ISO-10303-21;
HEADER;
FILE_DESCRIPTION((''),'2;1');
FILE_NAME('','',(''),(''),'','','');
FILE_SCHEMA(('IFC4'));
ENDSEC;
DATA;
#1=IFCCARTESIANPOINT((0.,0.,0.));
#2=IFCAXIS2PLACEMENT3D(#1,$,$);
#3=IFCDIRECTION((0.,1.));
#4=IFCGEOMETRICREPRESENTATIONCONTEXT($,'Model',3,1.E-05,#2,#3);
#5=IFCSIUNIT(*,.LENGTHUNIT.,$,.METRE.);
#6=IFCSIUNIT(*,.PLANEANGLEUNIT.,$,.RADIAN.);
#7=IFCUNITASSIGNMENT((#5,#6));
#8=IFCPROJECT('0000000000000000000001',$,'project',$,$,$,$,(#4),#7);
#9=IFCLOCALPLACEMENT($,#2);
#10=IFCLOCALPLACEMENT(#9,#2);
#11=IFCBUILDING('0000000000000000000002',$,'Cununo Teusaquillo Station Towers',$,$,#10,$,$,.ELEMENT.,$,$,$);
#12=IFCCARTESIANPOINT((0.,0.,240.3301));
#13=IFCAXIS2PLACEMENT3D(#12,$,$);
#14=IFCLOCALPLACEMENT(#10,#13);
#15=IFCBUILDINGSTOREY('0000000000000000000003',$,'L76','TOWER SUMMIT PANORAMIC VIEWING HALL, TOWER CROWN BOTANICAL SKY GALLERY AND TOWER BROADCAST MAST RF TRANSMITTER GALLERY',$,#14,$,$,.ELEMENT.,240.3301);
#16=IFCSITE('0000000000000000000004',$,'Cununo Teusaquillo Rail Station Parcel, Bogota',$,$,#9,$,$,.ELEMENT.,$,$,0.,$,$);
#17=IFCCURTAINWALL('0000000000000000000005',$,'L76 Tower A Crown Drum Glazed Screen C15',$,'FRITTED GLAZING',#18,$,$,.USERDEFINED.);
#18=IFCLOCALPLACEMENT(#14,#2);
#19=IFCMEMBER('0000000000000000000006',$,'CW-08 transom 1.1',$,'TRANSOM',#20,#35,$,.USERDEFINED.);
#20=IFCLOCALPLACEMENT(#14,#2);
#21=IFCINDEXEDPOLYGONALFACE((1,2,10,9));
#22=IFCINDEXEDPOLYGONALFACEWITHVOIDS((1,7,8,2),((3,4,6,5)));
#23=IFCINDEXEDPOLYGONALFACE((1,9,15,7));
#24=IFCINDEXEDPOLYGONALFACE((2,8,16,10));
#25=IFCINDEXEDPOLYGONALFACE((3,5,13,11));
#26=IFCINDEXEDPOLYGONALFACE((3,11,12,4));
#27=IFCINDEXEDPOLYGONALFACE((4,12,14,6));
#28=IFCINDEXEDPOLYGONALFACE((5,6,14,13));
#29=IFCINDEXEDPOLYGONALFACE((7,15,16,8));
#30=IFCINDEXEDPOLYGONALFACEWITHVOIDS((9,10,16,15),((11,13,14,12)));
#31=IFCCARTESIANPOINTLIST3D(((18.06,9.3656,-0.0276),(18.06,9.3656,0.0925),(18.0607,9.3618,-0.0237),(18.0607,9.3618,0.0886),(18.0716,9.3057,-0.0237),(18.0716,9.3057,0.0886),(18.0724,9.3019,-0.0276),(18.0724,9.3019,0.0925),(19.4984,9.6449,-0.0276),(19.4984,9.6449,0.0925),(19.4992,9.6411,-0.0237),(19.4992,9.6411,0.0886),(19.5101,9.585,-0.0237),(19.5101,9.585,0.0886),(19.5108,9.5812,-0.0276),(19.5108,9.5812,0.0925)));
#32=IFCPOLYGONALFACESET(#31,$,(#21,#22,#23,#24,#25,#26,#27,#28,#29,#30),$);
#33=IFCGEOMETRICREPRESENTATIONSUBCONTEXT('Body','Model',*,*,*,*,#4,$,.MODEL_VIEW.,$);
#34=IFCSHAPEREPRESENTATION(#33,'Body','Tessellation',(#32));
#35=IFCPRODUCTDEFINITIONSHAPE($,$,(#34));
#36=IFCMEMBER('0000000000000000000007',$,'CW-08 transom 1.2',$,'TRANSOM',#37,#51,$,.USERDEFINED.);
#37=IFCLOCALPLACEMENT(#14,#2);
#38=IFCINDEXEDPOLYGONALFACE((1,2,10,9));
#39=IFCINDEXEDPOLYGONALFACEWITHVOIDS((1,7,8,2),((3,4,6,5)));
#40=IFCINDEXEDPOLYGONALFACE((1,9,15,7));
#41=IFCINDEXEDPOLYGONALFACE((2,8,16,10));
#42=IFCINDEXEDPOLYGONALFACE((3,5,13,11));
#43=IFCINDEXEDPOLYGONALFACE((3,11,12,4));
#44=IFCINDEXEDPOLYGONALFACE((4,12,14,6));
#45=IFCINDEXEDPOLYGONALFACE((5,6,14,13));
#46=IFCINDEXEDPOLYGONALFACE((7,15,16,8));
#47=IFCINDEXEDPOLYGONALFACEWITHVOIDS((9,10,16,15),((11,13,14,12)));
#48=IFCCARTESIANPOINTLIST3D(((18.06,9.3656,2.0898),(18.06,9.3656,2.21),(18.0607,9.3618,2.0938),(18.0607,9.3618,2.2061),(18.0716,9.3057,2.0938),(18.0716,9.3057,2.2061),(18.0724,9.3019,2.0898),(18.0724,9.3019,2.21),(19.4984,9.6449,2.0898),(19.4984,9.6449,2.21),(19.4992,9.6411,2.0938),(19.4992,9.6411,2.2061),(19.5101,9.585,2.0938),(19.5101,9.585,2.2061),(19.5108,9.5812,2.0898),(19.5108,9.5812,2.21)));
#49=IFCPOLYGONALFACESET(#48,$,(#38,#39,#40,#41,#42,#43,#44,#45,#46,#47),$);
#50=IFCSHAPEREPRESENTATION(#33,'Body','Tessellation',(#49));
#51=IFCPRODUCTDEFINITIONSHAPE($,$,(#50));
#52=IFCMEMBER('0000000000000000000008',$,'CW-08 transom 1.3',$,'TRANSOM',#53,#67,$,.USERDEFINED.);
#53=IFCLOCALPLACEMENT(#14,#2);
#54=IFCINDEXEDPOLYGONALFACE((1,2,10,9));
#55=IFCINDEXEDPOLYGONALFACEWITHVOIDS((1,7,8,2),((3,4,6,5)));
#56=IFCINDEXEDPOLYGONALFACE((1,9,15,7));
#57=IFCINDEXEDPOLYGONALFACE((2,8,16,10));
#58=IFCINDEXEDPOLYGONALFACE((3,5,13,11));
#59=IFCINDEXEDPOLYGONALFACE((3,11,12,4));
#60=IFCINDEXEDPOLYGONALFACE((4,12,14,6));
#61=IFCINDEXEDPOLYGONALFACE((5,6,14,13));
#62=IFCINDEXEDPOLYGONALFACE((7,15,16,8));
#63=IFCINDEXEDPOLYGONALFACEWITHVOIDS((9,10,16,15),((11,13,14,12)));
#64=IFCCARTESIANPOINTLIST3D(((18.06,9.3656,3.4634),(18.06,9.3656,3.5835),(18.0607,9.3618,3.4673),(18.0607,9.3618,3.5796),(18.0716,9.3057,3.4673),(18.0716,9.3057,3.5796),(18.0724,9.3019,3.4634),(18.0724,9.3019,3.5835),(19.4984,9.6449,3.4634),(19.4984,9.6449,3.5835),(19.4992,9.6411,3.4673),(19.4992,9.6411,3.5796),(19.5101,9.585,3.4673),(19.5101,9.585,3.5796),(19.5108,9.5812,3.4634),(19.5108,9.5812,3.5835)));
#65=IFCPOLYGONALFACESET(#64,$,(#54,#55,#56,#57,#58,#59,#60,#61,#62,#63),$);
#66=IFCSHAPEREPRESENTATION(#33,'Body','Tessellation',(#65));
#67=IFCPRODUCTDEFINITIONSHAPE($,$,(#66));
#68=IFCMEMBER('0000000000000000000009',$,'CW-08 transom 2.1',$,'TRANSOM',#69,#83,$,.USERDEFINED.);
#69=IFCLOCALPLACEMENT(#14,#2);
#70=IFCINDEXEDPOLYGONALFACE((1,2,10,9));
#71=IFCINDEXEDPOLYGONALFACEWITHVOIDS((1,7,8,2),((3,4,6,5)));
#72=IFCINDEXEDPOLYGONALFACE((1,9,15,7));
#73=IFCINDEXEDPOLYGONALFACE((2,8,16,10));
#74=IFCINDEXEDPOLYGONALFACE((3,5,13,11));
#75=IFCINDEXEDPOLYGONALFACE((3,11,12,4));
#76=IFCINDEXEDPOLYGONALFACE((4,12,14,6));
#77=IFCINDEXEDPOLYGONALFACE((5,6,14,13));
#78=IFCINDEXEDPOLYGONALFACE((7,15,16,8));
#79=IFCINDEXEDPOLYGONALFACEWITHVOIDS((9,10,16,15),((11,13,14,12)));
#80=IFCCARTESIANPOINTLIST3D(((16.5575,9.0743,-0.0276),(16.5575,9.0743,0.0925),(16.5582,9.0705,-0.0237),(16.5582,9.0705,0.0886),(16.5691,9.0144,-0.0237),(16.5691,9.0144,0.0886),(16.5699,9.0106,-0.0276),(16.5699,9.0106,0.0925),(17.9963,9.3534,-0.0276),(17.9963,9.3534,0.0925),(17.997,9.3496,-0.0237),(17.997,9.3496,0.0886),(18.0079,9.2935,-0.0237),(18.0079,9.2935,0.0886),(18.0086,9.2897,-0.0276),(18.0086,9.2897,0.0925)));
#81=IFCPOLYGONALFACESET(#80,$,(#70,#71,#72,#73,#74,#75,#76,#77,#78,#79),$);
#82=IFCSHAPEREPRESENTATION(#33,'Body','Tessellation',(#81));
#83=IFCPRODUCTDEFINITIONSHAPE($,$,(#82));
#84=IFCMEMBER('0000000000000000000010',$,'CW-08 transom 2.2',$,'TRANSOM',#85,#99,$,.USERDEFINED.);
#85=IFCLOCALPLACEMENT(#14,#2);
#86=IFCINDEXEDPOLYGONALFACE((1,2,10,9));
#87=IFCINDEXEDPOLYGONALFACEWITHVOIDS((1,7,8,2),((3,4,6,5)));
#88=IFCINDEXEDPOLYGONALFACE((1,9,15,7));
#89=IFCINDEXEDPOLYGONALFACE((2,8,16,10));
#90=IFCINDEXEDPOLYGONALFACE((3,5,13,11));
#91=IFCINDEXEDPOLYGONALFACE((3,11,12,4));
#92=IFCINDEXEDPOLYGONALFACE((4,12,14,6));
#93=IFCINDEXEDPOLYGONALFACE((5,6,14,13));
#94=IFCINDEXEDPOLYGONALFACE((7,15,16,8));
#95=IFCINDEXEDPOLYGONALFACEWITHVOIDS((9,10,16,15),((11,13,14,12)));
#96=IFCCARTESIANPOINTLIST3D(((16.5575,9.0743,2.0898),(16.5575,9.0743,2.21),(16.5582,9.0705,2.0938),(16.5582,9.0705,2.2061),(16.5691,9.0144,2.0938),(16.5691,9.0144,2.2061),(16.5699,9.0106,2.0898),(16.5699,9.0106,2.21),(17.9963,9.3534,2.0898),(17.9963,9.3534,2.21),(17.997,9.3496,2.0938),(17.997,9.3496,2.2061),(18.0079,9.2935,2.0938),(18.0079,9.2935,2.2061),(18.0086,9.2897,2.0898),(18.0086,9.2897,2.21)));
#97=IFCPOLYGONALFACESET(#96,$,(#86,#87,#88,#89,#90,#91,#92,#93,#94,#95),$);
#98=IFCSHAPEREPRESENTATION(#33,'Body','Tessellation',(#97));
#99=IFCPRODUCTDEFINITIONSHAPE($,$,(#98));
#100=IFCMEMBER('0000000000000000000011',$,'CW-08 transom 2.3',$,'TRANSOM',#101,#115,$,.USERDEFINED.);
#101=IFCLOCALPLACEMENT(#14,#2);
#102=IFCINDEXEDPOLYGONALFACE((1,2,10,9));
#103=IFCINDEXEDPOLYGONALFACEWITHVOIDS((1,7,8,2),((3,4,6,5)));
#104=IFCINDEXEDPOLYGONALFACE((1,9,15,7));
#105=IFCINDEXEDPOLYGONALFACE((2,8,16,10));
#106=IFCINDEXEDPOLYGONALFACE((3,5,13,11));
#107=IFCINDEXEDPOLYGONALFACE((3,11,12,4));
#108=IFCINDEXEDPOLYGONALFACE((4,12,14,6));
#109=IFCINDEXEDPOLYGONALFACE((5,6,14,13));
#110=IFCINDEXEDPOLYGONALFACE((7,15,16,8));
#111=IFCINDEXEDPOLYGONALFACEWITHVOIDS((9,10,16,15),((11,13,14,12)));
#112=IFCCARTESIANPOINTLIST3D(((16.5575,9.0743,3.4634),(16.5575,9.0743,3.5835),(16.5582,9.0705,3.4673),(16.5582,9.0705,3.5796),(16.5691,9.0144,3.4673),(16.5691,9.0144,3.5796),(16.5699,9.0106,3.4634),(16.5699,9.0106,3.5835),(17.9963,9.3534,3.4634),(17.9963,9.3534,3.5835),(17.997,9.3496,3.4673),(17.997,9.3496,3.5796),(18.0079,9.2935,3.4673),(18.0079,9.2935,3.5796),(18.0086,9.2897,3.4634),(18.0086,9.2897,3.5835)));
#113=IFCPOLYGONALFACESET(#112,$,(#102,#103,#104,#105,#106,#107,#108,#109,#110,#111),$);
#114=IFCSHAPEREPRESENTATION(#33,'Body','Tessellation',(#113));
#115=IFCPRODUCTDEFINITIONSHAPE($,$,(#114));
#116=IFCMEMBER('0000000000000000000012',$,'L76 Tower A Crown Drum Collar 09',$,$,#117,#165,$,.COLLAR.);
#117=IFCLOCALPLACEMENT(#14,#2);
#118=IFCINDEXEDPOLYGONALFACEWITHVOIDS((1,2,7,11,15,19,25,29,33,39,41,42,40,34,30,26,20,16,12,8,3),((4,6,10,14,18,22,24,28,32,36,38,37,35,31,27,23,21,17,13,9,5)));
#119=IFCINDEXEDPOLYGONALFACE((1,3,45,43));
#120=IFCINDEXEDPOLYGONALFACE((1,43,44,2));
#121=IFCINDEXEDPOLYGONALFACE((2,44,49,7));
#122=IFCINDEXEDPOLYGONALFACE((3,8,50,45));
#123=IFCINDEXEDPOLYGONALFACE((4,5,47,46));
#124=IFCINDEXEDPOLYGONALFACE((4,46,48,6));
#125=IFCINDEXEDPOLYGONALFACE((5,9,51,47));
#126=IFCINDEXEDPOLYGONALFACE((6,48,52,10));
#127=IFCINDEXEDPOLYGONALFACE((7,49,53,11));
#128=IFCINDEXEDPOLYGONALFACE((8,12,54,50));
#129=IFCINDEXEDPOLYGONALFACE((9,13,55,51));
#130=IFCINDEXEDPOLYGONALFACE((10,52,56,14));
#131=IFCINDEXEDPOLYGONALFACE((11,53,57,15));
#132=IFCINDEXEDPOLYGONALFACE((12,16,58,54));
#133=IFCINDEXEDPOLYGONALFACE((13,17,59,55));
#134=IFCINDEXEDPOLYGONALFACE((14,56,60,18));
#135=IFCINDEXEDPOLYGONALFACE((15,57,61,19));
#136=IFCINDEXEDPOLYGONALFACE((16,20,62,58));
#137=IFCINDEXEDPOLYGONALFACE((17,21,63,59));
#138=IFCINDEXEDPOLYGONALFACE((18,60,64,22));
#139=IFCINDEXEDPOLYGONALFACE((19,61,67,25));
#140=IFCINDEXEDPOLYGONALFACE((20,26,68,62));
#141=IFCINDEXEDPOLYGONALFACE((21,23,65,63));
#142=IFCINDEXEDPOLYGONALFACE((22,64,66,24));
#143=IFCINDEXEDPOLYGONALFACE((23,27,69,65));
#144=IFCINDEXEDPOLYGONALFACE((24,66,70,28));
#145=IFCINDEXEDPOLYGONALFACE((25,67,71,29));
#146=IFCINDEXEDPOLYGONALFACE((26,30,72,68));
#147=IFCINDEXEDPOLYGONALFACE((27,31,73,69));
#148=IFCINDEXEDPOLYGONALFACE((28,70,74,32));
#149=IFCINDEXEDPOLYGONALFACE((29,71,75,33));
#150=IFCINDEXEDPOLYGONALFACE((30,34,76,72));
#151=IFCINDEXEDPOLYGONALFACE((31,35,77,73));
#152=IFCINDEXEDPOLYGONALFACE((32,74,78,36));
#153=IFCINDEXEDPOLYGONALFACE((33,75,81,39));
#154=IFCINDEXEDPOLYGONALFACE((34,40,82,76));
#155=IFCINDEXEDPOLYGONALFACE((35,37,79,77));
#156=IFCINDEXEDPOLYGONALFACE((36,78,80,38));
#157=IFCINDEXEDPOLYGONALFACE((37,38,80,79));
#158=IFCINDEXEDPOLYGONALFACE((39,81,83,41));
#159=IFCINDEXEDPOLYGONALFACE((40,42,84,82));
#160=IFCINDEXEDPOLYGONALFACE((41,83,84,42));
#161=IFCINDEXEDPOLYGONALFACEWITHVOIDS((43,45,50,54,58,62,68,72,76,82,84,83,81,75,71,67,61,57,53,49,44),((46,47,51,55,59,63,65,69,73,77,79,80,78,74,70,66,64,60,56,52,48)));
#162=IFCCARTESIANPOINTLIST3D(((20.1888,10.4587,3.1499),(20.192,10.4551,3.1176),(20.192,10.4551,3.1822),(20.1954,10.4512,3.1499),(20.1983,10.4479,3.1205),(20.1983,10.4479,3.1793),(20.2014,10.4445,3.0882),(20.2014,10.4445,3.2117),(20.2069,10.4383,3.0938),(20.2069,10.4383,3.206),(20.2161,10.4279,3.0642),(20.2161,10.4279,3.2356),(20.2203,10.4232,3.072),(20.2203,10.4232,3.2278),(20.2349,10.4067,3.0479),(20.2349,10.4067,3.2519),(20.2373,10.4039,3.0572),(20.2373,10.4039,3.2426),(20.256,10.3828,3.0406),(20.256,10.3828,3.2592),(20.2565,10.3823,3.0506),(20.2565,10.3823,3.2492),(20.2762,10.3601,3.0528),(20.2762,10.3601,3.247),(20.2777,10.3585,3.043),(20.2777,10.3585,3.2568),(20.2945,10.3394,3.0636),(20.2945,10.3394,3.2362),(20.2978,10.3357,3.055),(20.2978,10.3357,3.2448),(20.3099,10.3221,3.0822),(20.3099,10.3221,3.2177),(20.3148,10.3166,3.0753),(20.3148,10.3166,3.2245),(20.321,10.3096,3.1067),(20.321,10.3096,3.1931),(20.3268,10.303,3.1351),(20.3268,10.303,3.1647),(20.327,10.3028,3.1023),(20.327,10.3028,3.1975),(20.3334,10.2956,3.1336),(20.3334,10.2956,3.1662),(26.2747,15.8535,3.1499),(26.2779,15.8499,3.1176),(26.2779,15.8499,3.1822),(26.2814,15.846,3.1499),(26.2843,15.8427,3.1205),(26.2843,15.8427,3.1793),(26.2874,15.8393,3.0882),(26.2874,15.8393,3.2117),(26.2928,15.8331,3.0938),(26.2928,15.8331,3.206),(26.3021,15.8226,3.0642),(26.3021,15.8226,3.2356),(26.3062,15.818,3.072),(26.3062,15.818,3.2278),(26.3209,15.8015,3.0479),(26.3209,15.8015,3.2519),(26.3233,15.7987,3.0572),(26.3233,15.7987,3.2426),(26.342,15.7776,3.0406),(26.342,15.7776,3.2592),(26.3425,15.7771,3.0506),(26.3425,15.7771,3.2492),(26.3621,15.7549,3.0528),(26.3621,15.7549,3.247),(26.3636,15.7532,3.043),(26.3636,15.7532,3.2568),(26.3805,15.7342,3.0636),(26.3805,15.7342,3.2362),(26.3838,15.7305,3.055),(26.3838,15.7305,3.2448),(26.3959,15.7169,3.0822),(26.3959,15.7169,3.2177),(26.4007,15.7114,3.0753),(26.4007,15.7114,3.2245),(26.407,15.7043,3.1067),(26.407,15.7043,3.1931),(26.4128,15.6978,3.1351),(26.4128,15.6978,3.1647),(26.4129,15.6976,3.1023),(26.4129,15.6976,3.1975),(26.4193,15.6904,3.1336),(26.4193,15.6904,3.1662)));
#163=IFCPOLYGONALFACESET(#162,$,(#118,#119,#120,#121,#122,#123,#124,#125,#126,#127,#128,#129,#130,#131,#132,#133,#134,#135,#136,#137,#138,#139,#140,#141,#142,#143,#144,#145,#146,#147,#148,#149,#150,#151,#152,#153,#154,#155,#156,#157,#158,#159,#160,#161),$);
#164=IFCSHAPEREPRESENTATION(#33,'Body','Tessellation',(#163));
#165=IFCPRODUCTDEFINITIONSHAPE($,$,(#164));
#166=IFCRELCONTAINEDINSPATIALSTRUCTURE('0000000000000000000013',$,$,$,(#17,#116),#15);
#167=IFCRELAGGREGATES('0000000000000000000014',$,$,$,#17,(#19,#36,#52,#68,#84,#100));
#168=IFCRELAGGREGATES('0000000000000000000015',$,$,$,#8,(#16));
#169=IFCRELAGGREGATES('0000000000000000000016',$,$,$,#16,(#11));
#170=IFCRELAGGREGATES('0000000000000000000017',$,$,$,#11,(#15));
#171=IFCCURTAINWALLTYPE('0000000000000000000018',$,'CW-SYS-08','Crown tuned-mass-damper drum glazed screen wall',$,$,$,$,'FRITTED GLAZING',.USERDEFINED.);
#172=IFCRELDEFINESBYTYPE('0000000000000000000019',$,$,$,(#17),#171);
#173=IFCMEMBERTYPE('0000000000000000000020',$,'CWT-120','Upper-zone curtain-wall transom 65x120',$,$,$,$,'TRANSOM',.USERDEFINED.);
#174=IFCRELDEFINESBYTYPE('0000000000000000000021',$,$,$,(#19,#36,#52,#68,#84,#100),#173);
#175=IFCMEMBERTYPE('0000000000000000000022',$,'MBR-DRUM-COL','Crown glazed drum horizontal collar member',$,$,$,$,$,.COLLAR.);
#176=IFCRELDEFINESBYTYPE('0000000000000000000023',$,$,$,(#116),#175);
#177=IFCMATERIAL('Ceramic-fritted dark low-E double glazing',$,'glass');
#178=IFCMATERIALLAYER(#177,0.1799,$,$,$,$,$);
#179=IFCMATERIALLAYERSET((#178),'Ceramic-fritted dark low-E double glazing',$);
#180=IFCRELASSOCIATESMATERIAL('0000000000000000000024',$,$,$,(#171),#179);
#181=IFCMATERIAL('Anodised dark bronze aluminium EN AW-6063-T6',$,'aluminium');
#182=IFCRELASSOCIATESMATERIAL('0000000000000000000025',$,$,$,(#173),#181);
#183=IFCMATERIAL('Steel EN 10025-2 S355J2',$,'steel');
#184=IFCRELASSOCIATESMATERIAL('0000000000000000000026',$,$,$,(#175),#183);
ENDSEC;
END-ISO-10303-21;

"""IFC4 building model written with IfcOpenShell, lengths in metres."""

from ifc_helpers import new_model, si_unit, direction, frame, origin, origin_2d, place, context, subcontext, project, spatial, hollow_rectangle, hollow_circle, extrude, material, layer, layer_set, material_profile, profile_set, type_object, element, aggregate, save


model = new_model("IFC4")

# Units and contexts
model_context = context("Model", 3, precision=1e-05, world=origin(), true_north=direction((0.0, 1.0)))
body_context = subcontext(model_context, "Body", "Model", "MODEL_VIEW")
ifc_project = project(units=[si_unit("LENGTHUNIT", "METRE"), si_unit("PLANEANGLEUNIT", "RADIAN")], contexts=[model_context])

# Site, building, storey
site_placement = place(None, origin())
site = spatial("IfcSite", under=ifc_project, at=site_placement, Name="Cununo Teusaquillo Rail Station Parcel, Bogota", CompositionType="ELEMENT", RefElevation=0.0)
building_placement = place(site_placement, origin())
building = spatial("IfcBuilding", under=site, at=building_placement, Name="Cununo Teusaquillo Station Towers", CompositionType="ELEMENT")
storey_placement = place(building_placement, frame((0.0, 0.0, 240.3301)))
storey = spatial("IfcBuildingStorey", under=building, at=storey_placement, Name="L76", Description="TOWER SUMMIT PANORAMIC VIEWING HALL, TOWER CROWN BOTANICAL SKY GALLERY AND TOWER BROADCAST MAST RF TRANSMITTER GALLERY", CompositionType="ELEMENT", Elevation=240.3301)

# Curtain wall, members
ifc_material_1 = material(Name="Ceramic-fritted dark low-E double glazing", Category="glass")
ifc_layer_1 = layer(ifc_material_1, 0.1799)
ifc_layer_set_1 = layer_set([ifc_layer_1], Name="Ceramic-fritted dark low-E double glazing")
curtain_wall_type = type_object("IfcCurtainWallType", Name="CW-SYS-08", Description="Crown tuned-mass-damper drum glazed screen wall", ElementType="FRITTED GLAZING", PredefinedType="USERDEFINED", material=ifc_layer_set_1)
curtain_wall_placement = place(storey_placement, origin())
curtain_wall = element("IfcCurtainWall", 1, at=curtain_wall_placement, inside=storey, type_object=curtain_wall_type, Name="L76 Tower A Crown Drum Glazed Screen C15", ObjectType="FRITTED GLAZING", PredefinedType="USERDEFINED")
ifc_material_2 = material(Name="Anodised dark bronze aluminium EN AW-6063-T6", Category="aluminium")
ifc_material_profile_1 = material_profile(ifc_material_2, hollow_rectangle(XDim=0.0649, YDim=0.1201, WallThickness=0.0039, at=origin_2d()), Name="CW-TRAN-65x120")
ifc_profile_set_1 = profile_set([ifc_material_profile_1], Name="Anodised dark bronze aluminium EN AW-6063-T6")
member_type_1 = type_object("IfcMemberType", Name="CWT-120", Description="Upper-zone curtain-wall transom 65x120", ElementType="TRANSOM", PredefinedType="USERDEFINED", material=ifc_profile_set_1)
member_1_placement = place(storey_placement, frame((19.5046, 9.613, 0.0325), z_axis=(-0.981667, -0.190602, 0.0), x_axis=(0.190602, -0.981667, 0.0)))
member_1 = element("IfcMember", 2, at=member_1_placement, type_object=member_type_1, Name="CW-08 transom 1.1", ObjectType="TRANSOM", PredefinedType="USERDEFINED", context=body_context, shape_type="SweptSolid", body=[
    extrude(hollow_rectangle(XDim=0.0649, YDim=0.1201, WallThickness=0.0039, at=origin_2d()), origin(), (0.0, 0.0, 1.0), 1.4653),
])
member_2_placement = place(storey_placement, frame((19.5046, 9.613, 2.1499), z_axis=(-0.981667, -0.190602, 0.0), x_axis=(0.190602, -0.981667, 0.0)))
member_2 = element("IfcMember", 3, at=member_2_placement, type_object=member_type_1, Name="CW-08 transom 1.2", ObjectType="TRANSOM", PredefinedType="USERDEFINED", context=body_context, shape_type="SweptSolid", body=[
    extrude(hollow_rectangle(XDim=0.0649, YDim=0.1201, WallThickness=0.0039, at=origin_2d()), origin(), (0.0, 0.0, 1.0), 1.4653),
])
member_3_placement = place(storey_placement, frame((19.5046, 9.613, 3.5234), z_axis=(-0.981667, -0.190602, 0.0), x_axis=(0.190602, -0.981667, 0.0)))
member_3 = element("IfcMember", 4, at=member_3_placement, type_object=member_type_1, Name="CW-08 transom 1.3", ObjectType="TRANSOM", PredefinedType="USERDEFINED", context=body_context, shape_type="SweptSolid", body=[
    extrude(hollow_rectangle(XDim=0.0649, YDim=0.1201, WallThickness=0.0039, at=origin_2d()), origin(), (0.0, 0.0, 1.0), 1.4653),
])
member_4_placement = place(storey_placement, frame((18.0024, 9.3215, 0.0325), z_axis=(-0.981705, -0.19041, 0.0), x_axis=(0.19041, -0.981705, 0.0)))
member_4 = element("IfcMember", 5, at=member_4_placement, type_object=member_type_1, Name="CW-08 transom 2.1", ObjectType="TRANSOM", PredefinedType="USERDEFINED", context=body_context, shape_type="SweptSolid", body=[
    extrude(hollow_rectangle(XDim=0.0649, YDim=0.1201, WallThickness=0.0039, at=origin_2d()), origin(), (0.0, 0.0, 1.0), 1.4656),
])
member_5_placement = place(storey_placement, frame((18.0024, 9.3215, 2.1499), z_axis=(-0.981705, -0.19041, 0.0), x_axis=(0.19041, -0.981705, 0.0)))
member_5 = element("IfcMember", 6, at=member_5_placement, type_object=member_type_1, Name="CW-08 transom 2.2", ObjectType="TRANSOM", PredefinedType="USERDEFINED", context=body_context, shape_type="SweptSolid", body=[
    extrude(hollow_rectangle(XDim=0.0649, YDim=0.1201, WallThickness=0.0039, at=origin_2d()), origin(), (0.0, 0.0, 1.0), 1.4656),
])
member_6_placement = place(storey_placement, frame((18.0024, 9.3215, 3.5234), z_axis=(-0.981705, -0.19041, 0.0), x_axis=(0.19041, -0.981705, 0.0)))
member_6 = element("IfcMember", 7, at=member_6_placement, type_object=member_type_1, Name="CW-08 transom 2.3", ObjectType="TRANSOM", PredefinedType="USERDEFINED", context=body_context, shape_type="SweptSolid", body=[
    extrude(hollow_rectangle(XDim=0.0649, YDim=0.1201, WallThickness=0.0039, at=origin_2d()), origin(), (0.0, 0.0, 1.0), 1.4656),
])

# Member
ifc_material_3 = material(Name="Steel EN 10025-2 S355J2", Category="steel")
ifc_material_profile_2 = material_profile(ifc_material_3, hollow_circle(Radius=0.1096, WallThickness=0.01, at=origin_2d()), Name="CHS 219x10")
ifc_profile_set_2 = profile_set([ifc_material_profile_2], Name="Steel EN 10025-2 S355J2")
member_type_2 = type_object("IfcMemberType", Name="MBR-DRUM-COL", Description="Crown glazed drum horizontal collar member", PredefinedType="COLLAR", material=ifc_profile_set_2)
member_7_placement = place(storey_placement, frame((20.2615, 10.3767, 3.1499), z_axis=(0.748321, 0.663337, 0.0), x_axis=(-0.663337, 0.748321, 0.0)))
element("IfcMember", 8, at=member_7_placement, inside=storey, type_object=member_type_2, Name="L76 Tower A Crown Drum Collar 09", PredefinedType="COLLAR", context=body_context, shape_type="SweptSolid", body=[
    extrude(hollow_circle(Radius=0.1096, WallThickness=0.01, at=origin_2d()), origin(), (0.0, 0.0, 1.0), 8.1328),
])

aggregate(curtain_wall, [member_1, member_2, member_3, member_4, member_5, member_6])

save(model, "model.ifc")
